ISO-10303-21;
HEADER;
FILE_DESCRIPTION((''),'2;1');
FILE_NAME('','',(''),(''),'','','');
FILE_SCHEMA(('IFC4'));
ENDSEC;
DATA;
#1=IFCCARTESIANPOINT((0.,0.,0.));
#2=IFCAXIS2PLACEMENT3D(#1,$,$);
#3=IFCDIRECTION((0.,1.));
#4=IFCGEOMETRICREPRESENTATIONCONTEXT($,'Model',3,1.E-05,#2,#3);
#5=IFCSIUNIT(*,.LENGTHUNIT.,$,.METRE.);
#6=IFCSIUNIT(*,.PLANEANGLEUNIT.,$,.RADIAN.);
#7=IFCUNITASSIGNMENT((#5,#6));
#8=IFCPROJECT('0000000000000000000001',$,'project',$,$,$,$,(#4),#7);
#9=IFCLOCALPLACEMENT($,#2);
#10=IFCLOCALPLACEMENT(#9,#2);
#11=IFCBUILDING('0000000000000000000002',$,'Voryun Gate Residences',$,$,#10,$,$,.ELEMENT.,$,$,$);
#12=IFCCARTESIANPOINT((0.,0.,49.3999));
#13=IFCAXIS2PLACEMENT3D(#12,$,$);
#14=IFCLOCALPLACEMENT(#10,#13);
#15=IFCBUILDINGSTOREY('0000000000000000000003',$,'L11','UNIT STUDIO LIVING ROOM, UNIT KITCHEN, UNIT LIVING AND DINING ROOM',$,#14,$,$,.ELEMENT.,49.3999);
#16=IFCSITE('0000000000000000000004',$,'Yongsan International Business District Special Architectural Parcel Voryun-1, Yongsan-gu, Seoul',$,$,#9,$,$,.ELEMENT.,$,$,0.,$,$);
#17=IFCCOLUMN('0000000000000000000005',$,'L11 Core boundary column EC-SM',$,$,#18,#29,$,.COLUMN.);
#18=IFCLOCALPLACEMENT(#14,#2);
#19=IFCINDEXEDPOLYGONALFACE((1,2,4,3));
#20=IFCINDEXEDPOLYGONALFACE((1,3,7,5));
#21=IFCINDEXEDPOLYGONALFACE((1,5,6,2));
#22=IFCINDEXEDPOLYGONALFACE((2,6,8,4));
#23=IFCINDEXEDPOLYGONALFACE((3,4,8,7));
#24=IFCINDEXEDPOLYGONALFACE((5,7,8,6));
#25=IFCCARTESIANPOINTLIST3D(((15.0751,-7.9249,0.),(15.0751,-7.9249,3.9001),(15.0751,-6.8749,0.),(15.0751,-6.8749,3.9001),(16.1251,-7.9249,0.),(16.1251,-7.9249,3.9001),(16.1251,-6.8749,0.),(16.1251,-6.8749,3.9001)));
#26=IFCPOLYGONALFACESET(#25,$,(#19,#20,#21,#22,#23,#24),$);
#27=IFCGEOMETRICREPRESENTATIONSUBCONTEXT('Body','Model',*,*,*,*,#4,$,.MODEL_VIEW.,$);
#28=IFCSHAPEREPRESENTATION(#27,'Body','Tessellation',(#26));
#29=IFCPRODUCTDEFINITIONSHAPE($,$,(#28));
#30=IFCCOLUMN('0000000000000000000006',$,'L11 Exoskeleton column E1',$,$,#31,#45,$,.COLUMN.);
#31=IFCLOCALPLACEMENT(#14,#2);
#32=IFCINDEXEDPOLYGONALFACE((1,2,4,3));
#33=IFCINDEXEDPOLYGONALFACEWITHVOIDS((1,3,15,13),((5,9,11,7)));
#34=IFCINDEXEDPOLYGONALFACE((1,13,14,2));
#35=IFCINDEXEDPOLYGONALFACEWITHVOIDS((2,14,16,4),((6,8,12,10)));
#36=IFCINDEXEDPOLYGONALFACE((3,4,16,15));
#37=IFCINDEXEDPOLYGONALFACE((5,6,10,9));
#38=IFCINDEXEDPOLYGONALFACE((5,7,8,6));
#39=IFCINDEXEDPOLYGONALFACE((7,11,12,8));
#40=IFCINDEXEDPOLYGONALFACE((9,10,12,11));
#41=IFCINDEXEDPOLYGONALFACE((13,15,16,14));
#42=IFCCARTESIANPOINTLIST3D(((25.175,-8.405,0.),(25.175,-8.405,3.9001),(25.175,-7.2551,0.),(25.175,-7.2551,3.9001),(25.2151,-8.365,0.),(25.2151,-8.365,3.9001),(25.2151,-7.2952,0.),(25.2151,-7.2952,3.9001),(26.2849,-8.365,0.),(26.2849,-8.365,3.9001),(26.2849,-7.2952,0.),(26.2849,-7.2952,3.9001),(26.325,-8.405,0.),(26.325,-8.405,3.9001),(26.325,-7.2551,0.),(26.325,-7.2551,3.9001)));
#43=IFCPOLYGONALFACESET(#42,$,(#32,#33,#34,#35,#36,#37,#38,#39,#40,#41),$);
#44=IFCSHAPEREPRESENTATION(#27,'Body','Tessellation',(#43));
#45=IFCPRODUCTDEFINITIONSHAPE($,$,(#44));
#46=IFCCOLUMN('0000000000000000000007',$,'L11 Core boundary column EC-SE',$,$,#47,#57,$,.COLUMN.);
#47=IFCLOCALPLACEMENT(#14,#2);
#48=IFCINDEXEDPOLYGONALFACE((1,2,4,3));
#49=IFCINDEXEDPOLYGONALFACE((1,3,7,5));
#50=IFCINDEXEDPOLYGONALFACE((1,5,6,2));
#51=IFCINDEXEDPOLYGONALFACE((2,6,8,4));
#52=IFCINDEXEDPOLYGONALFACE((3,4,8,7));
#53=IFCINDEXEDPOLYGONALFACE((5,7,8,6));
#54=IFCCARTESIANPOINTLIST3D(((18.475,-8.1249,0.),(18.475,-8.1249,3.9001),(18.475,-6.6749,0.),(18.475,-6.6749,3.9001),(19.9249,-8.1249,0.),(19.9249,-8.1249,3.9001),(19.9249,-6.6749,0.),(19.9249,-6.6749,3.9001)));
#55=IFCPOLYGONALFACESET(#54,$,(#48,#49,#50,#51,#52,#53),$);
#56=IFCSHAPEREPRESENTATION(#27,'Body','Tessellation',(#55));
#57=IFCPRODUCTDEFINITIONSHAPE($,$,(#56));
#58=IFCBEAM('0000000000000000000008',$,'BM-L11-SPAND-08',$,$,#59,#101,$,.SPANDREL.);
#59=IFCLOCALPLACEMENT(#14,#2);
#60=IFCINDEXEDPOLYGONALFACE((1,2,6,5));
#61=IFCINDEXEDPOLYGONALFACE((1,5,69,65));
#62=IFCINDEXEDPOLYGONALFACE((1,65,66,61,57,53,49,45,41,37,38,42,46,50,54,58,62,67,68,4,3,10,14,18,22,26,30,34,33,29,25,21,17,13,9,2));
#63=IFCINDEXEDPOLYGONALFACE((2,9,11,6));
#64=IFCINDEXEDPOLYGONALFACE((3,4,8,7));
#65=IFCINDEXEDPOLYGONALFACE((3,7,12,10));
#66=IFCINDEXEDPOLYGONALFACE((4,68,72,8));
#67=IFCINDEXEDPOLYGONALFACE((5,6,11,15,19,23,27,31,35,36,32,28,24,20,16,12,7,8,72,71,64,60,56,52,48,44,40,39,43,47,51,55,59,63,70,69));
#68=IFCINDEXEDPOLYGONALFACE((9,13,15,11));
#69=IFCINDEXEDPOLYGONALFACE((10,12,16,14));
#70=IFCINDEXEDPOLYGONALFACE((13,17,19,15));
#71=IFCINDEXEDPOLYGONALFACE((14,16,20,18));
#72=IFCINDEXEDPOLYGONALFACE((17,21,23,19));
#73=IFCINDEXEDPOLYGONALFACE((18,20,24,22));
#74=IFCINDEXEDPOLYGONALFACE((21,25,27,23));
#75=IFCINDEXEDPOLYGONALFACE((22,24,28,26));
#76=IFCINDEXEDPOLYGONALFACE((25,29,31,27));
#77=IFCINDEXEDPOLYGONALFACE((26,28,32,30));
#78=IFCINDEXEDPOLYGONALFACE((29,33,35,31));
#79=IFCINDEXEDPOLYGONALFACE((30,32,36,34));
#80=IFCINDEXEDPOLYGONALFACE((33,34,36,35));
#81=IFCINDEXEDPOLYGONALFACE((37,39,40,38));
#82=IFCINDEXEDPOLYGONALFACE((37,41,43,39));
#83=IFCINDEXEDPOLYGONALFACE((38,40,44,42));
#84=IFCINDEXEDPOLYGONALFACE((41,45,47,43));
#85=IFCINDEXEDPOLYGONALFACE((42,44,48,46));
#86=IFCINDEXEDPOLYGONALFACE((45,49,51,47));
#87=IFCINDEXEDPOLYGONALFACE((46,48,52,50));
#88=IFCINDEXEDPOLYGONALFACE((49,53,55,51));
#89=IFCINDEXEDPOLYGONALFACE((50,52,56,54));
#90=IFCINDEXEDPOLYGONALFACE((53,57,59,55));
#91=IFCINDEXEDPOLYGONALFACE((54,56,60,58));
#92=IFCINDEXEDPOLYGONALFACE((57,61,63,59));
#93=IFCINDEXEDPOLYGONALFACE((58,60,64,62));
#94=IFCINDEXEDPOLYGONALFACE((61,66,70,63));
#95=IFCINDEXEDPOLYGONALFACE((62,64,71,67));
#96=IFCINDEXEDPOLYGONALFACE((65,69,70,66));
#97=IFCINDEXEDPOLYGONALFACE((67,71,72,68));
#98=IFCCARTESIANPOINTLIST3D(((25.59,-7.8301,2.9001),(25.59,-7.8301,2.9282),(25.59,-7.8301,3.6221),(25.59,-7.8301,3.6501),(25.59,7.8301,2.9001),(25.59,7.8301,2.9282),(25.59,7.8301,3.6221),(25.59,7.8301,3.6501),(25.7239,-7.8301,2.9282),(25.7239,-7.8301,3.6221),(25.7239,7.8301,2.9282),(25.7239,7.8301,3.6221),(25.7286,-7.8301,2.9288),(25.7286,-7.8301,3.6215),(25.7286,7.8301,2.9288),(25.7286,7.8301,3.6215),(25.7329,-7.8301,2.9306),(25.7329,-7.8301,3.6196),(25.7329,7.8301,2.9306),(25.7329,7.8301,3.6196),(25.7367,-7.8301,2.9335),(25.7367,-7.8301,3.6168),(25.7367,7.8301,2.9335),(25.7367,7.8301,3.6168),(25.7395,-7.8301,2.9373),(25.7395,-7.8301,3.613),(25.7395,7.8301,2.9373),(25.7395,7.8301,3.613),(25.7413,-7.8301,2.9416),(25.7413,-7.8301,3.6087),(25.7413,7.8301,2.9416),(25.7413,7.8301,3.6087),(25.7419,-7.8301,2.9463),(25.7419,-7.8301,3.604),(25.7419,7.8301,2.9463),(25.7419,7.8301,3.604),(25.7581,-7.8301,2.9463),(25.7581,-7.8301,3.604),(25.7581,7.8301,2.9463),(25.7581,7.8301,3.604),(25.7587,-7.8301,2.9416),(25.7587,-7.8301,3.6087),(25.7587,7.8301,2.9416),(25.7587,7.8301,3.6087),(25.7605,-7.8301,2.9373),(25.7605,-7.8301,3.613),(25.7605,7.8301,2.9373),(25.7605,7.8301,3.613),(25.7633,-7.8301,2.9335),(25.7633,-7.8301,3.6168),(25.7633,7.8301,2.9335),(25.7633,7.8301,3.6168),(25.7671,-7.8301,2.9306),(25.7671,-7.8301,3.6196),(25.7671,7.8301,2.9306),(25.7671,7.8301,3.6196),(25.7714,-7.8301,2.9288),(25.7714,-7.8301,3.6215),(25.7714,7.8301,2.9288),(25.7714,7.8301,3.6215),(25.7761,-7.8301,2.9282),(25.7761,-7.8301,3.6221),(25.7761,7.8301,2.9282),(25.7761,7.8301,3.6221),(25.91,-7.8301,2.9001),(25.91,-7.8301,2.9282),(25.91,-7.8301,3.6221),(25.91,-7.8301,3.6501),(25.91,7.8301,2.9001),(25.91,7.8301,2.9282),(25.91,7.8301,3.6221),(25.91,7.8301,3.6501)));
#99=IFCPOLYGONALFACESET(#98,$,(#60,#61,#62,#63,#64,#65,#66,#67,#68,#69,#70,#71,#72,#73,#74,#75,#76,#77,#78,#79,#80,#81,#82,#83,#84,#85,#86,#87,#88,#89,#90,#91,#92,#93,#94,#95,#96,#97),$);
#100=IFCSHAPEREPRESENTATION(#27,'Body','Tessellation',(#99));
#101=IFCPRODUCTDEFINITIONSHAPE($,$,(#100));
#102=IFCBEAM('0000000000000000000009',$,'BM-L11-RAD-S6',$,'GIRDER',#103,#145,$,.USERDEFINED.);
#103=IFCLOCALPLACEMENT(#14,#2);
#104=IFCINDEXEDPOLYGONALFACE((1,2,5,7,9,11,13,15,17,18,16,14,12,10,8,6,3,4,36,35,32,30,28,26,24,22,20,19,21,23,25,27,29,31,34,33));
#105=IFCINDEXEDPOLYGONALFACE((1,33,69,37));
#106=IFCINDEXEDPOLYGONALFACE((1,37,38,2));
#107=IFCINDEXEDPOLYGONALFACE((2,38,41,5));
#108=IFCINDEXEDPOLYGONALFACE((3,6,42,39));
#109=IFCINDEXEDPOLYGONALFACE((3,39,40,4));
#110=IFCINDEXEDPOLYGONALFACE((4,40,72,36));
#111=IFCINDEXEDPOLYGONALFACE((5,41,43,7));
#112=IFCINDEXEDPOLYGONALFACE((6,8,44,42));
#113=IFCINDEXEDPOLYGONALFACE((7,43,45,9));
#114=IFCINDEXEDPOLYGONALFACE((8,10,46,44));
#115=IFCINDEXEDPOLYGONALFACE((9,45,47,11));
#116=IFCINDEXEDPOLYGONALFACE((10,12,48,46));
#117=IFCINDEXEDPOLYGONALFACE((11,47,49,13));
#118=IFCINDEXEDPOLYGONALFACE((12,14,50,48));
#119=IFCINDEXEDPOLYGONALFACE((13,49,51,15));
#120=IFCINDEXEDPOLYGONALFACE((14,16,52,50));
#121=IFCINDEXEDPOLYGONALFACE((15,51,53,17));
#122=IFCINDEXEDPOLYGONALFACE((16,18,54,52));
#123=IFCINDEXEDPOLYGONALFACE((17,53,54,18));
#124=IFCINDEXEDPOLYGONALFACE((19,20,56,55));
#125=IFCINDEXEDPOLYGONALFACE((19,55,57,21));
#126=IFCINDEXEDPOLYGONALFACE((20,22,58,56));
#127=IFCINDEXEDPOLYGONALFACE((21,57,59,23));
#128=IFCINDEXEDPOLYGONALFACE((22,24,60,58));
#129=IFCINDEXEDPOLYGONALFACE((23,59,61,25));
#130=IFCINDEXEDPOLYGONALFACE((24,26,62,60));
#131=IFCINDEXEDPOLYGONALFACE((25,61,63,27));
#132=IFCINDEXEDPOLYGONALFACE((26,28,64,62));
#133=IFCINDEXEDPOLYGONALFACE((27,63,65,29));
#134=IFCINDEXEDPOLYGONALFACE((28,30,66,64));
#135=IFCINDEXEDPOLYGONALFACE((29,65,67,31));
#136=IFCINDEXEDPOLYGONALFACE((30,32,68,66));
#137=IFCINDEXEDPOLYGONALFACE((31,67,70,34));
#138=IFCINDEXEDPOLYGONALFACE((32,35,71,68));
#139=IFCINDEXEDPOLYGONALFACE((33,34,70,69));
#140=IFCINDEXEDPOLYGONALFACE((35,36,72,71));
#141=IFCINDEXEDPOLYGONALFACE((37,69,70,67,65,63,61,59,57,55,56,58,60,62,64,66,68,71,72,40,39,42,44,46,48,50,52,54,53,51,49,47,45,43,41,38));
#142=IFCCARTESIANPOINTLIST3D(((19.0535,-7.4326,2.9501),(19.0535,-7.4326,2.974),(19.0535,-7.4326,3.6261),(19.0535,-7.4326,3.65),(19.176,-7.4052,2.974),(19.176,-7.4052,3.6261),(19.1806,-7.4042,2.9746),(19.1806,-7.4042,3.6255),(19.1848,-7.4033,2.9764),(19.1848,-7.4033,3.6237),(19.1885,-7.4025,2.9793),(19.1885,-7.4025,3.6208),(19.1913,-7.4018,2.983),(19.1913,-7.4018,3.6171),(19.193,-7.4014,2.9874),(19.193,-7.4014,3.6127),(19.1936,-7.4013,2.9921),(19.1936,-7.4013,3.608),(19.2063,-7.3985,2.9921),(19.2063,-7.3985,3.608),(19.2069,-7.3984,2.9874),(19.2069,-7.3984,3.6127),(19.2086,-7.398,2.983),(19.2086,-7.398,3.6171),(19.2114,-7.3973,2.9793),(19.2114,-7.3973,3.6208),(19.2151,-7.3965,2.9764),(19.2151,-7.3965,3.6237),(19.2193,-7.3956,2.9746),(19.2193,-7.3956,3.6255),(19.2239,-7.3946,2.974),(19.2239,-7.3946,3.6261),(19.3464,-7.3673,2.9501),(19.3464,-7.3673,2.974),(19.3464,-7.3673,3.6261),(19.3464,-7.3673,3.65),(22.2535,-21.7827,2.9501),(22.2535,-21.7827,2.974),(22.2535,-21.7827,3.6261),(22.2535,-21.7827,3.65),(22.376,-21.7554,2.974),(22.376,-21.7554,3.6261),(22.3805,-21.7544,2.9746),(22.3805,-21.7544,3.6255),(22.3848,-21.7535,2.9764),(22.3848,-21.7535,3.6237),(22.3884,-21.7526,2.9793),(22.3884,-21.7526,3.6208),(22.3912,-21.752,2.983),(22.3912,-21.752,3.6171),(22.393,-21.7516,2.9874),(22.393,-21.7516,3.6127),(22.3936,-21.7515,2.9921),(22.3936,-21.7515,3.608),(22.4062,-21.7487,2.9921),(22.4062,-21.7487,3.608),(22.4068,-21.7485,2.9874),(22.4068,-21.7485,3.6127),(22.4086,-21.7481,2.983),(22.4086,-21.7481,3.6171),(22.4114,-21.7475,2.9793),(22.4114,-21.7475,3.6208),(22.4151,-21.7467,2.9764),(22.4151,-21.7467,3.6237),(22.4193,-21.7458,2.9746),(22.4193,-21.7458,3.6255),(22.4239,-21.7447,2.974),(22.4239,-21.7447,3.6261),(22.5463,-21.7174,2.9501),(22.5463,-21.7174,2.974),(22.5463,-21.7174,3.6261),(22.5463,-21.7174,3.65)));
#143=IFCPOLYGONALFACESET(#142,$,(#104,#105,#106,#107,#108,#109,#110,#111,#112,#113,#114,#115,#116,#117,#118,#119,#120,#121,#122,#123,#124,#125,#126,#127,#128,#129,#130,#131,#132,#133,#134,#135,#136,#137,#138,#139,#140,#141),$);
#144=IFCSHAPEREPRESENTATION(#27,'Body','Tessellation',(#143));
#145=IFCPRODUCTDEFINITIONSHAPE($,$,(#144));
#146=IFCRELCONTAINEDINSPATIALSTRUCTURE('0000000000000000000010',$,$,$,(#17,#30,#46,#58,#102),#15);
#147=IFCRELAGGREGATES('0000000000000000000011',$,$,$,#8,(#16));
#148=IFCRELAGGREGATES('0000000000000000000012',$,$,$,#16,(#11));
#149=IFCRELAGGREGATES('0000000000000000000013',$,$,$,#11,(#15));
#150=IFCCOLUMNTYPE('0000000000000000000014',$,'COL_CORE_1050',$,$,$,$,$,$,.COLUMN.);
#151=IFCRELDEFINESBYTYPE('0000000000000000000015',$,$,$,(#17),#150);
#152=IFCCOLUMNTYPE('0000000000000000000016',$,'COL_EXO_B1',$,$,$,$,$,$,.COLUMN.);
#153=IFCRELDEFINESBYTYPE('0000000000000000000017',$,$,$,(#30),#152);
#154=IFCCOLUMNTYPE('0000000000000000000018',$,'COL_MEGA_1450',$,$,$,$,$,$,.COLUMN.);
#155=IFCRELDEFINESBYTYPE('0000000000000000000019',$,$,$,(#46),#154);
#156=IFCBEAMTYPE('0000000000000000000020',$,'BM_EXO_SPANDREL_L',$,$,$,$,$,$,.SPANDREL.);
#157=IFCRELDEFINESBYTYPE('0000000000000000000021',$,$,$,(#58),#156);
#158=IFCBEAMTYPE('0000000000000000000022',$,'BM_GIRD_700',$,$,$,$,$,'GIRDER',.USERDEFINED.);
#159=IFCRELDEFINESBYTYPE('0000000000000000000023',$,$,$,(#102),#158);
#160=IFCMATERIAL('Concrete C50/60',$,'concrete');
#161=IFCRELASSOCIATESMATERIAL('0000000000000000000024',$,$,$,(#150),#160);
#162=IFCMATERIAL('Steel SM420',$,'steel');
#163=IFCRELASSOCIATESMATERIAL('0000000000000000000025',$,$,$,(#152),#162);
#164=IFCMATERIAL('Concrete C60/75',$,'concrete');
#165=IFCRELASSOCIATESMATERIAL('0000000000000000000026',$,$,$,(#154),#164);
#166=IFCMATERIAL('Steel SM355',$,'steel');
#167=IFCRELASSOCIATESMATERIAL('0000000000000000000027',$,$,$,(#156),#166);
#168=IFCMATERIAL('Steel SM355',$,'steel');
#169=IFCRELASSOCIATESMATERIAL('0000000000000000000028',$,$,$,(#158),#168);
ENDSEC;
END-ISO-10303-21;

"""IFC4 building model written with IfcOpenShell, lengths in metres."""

from ifc_helpers import new_model, si_unit, direction, frame, origin, origin_2d, place, context, subcontext, project, spatial, rectangle, hollow_rectangle, i_section, extrude, material, material_profile, profile_set, type_object, element, save


model = new_model("IFC4")

# Units and contexts
model_context = context("Model", 3, precision=1e-05, world=origin(), true_north=direction((0.0, 1.0)))
body_context = subcontext(model_context, "Body", "Model", "MODEL_VIEW")
ifc_project = project(units=[si_unit("LENGTHUNIT", "METRE"), si_unit("PLANEANGLEUNIT", "RADIAN")], contexts=[model_context])

# Site, building, storey
site_placement = place(None, origin())
site = spatial("IfcSite", under=ifc_project, at=site_placement, Name="Yongsan International Business District Special Architectural Parcel Voryun-1, Yongsan-gu, Seoul", CompositionType="ELEMENT", RefElevation=0.0)
building_placement = place(site_placement, origin())
building = spatial("IfcBuilding", under=site, at=building_placement, Name="Voryun Gate Residences", CompositionType="ELEMENT")
storey_placement = place(building_placement, frame((0.0, 0.0, 49.3999)))
storey = spatial("IfcBuildingStorey", under=building, at=storey_placement, Name="L11", Description="UNIT STUDIO LIVING ROOM, UNIT KITCHEN, UNIT LIVING AND DINING ROOM", CompositionType="ELEMENT", Elevation=49.3999)

# Columns
ifc_material_1 = material(Name="Concrete C50/60", Category="concrete")
ifc_material_profile_1 = material_profile(ifc_material_1, rectangle(XDim=1.05, YDim=1.05, at=origin_2d()), Name="RC-1050x1050")
ifc_profile_set_1 = profile_set([ifc_material_profile_1], Name="Concrete C50/60")
column_type_1 = type_object("IfcColumnType", Name="COL_CORE_1050", PredefinedType="COLUMN", material=ifc_profile_set_1)
column_1_placement = place(storey_placement, frame((15.6001, -7.3999, 0.0), z_axis=(0.0, 0.0, 1.0), x_axis=(1.0, 0.0, 0.0)))
element("IfcColumn", 1, at=column_1_placement, inside=storey, type_object=column_type_1, Name="L11 Core boundary column EC-SM", PredefinedType="COLUMN", context=body_context, shape_type="SweptSolid", body=[
    extrude(rectangle(XDim=1.05, YDim=1.05, at=origin_2d()), origin(), (0.0, 0.0, 1.0), 3.9001),
])
ifc_material_2 = material(Name="Steel SM420", Category="steel")
ifc_material_profile_2 = material_profile(ifc_material_2, hollow_rectangle(XDim=1.1499, YDim=1.1499, WallThickness=0.04, at=origin_2d()), Name="BOX-1150x1150x40")
ifc_profile_set_2 = profile_set([ifc_material_profile_2], Name="Steel SM420")
column_type_2 = type_object("IfcColumnType", Name="COL_EXO_B1", PredefinedType="COLUMN", material=ifc_profile_set_2)
column_2_placement = place(storey_placement, frame((25.75, -7.8301, 0.0), z_axis=(0.0, 0.0, 1.0), x_axis=(1.0, 0.0, 0.0)))
element("IfcColumn", 2, at=column_2_placement, inside=storey, type_object=column_type_2, Name="L11 Exoskeleton column E1", PredefinedType="COLUMN", context=body_context, shape_type="SweptSolid", body=[
    extrude(hollow_rectangle(XDim=1.1499, YDim=1.1499, WallThickness=0.04, at=origin_2d()), origin(), (0.0, 0.0, 1.0), 3.9001),
])
ifc_material_3 = material(Name="Concrete C60/75", Category="concrete")
ifc_material_profile_3 = material_profile(ifc_material_3, rectangle(XDim=1.45, YDim=1.45, at=origin_2d()), Name="RC-1450x1450")
ifc_profile_set_3 = profile_set([ifc_material_profile_3], Name="Concrete C60/75")
column_type_3 = type_object("IfcColumnType", Name="COL_MEGA_1450", PredefinedType="COLUMN", material=ifc_profile_set_3)
column_3_placement = place(storey_placement, frame((19.2, -7.3999, 0.0), z_axis=(0.0, 0.0, 1.0), x_axis=(1.0, 0.0, 0.0)))
element("IfcColumn", 3, at=column_3_placement, inside=storey, type_object=column_type_3, Name="L11 Core boundary column EC-SE", PredefinedType="COLUMN", context=body_context, shape_type="SweptSolid", body=[
    extrude(rectangle(XDim=1.45, YDim=1.45, at=origin_2d()), origin(), (0.0, 0.0, 1.0), 3.9001),
])

# Beams
ifc_material_4 = material(Name="Steel SM355", Category="steel")
ifc_material_profile_4 = material_profile(ifc_material_4, i_section(OverallWidth=0.3201, OverallDepth=0.75, WebThickness=0.0161, FlangeThickness=0.0281, FilletRadius=0.0181, at=origin_2d()), Name="H-750x320x16x28")
ifc_profile_set_4 = profile_set([ifc_material_profile_4], Name="Steel SM355")
beam_type_1 = type_object("IfcBeamType", Name="BM_EXO_SPANDREL_L", PredefinedType="SPANDREL", material=ifc_profile_set_4)
beam_1_placement = place(storey_placement, frame((25.75, -7.8301, 3.2751), z_axis=(0.0, 1.0, 0.0), x_axis=(-1.0, 0.0, 0.0)))
element("IfcBeam", 4, at=beam_1_placement, inside=storey, type_object=beam_type_1, Name="BM-L11-SPAND-08", PredefinedType="SPANDREL", context=body_context, shape_type="SweptSolid", body=[
    extrude(i_section(OverallWidth=0.3201, OverallDepth=0.75, WebThickness=0.0161, FlangeThickness=0.0281, FilletRadius=0.0181, at=origin_2d()), origin(), (0.0, 0.0, 1.0), 15.6602),
])
ifc_material_5 = material(Name="Steel SM355", Category="steel")
ifc_material_profile_5 = material_profile(ifc_material_5, i_section(OverallWidth=0.3, OverallDepth=0.7, WebThickness=0.0129, FlangeThickness=0.0239, FilletRadius=0.0181, at=origin_2d()), Name="H-700x300x13x24")
ifc_profile_set_5 = profile_set([ifc_material_profile_5], Name="Steel SM355")
beam_type_2 = type_object("IfcBeamType", Name="BM_GIRD_700", ElementType="GIRDER", PredefinedType="USERDEFINED", material=ifc_profile_set_5)
beam_2_placement = place(storey_placement, frame((19.2, -7.3999, 3.3), z_axis=(0.217646, -0.976028, 0.0), x_axis=(0.976028, 0.217646, 0.0)))
element("IfcBeam", 5, at=beam_2_placement, inside=storey, type_object=beam_type_2, Name="BM-L11-RAD-S6", ObjectType="GIRDER", PredefinedType="USERDEFINED", context=body_context, shape_type="SweptSolid", body=[
    extrude(i_section(OverallWidth=0.3, OverallDepth=0.7, WebThickness=0.0129, FlangeThickness=0.0239, FilletRadius=0.0181, at=origin_2d()), origin(), (0.0, 0.0, 1.0), 14.7026),
])

save(model, "model.ifc")
